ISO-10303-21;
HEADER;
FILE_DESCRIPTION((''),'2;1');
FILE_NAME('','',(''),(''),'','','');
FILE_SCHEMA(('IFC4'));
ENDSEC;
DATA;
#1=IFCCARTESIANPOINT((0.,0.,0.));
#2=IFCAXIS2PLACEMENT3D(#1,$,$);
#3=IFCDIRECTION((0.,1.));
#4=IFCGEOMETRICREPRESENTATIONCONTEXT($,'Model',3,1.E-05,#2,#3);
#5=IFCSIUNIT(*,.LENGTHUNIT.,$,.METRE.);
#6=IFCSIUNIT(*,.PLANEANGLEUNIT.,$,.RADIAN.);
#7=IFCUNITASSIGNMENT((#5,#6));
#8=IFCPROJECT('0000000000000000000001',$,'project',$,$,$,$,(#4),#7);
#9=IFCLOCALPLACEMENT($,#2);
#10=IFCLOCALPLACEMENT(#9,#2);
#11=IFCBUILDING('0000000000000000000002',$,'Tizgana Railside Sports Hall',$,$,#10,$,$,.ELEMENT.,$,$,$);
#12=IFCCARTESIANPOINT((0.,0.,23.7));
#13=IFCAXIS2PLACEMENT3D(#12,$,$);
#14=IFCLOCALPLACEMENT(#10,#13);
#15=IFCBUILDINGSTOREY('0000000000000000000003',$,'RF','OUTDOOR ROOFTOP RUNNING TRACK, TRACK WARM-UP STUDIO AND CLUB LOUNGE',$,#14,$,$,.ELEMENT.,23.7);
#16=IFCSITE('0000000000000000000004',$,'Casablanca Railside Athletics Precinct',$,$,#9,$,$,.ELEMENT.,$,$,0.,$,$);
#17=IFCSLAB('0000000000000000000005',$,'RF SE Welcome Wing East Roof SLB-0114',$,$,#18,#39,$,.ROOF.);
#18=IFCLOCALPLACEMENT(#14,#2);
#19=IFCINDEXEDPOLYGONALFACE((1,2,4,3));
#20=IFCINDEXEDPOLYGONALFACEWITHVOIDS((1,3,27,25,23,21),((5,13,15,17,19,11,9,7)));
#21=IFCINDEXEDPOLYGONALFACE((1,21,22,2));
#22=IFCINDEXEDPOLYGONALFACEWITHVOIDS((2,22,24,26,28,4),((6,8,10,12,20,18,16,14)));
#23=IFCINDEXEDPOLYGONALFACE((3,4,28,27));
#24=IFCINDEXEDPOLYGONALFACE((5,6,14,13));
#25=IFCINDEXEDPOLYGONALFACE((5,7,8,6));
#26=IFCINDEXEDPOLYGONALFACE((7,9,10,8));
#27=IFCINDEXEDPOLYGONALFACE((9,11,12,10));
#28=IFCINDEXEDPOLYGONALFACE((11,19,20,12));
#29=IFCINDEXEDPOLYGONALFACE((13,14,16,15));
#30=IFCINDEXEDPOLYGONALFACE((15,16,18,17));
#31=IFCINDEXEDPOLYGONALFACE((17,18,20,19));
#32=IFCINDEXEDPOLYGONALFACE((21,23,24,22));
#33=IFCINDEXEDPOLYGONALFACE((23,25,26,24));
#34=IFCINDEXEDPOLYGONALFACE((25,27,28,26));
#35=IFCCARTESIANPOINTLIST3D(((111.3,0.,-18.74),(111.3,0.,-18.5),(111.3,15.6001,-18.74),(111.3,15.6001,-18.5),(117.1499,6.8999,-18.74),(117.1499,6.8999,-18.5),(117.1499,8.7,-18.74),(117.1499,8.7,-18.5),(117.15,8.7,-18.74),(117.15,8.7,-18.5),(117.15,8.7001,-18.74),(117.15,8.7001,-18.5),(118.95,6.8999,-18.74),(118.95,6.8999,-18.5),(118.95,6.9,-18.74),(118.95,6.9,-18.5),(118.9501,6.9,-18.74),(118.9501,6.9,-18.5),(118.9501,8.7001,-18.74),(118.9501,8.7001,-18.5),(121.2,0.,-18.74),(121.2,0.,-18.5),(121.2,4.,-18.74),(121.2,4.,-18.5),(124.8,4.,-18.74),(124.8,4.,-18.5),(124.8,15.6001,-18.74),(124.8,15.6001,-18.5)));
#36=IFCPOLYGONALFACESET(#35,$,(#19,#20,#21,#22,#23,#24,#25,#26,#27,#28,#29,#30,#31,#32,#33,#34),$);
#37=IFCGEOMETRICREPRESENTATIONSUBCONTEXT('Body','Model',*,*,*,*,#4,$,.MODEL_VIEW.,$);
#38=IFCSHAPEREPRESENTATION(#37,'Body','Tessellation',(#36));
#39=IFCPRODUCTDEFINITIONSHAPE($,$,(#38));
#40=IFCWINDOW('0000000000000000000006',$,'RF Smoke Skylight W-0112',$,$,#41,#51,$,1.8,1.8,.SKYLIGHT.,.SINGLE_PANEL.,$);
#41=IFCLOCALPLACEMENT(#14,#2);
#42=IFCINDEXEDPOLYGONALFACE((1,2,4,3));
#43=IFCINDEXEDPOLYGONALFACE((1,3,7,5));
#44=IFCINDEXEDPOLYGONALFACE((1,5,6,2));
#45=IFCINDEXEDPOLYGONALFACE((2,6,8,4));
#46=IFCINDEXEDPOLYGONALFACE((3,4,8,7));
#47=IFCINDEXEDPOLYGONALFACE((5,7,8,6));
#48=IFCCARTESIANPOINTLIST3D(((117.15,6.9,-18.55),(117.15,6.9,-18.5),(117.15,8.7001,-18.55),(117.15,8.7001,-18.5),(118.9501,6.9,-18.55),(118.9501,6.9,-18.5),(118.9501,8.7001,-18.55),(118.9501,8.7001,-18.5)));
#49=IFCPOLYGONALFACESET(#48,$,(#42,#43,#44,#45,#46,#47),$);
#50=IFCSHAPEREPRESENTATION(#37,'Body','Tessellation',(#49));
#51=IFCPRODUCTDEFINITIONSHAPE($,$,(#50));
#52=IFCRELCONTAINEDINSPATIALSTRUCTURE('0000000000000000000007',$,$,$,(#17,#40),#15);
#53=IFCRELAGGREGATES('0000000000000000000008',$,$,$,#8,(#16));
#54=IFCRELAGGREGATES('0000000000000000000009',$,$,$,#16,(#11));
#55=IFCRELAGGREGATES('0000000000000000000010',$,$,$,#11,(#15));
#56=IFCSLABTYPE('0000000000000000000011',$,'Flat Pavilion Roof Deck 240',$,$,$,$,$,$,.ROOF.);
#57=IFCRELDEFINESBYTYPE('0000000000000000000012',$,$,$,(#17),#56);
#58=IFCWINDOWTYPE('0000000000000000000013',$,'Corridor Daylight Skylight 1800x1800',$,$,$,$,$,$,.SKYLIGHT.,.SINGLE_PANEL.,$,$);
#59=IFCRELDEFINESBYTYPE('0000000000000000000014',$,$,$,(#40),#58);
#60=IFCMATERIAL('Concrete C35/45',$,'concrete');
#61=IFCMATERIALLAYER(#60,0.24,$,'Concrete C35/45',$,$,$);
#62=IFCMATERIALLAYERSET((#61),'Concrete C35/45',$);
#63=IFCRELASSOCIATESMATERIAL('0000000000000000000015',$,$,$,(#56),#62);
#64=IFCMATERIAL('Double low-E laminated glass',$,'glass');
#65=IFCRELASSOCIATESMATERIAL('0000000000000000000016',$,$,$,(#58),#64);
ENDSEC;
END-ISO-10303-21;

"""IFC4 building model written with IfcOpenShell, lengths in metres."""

from ifc_helpers import new_model, si_unit, direction, frame, origin, origin_2d, place, context, subcontext, project, spatial, polyline, rectangle, outline, extrude, material, layer, layer_set, type_object, element, fill, save


model = new_model("IFC4")

# Units and contexts
model_context = context("Model", 3, precision=1e-05, world=origin(), true_north=direction((0.0, 1.0)))
body_context = subcontext(model_context, "Body", "Model", "MODEL_VIEW")
ifc_project = project(units=[si_unit("LENGTHUNIT", "METRE"), si_unit("PLANEANGLEUNIT", "RADIAN")], contexts=[model_context])

# Site, building, storey
site_placement = place(None, origin())
site = spatial("IfcSite", under=ifc_project, at=site_placement, Name="Casablanca Railside Athletics Precinct", CompositionType="ELEMENT", RefElevation=0.0)
building_placement = place(site_placement, origin())
building = spatial("IfcBuilding", under=site, at=building_placement, Name="Tizgana Railside Sports Hall", CompositionType="ELEMENT")
storey_placement = place(building_placement, frame((0.0, 0.0, 23.7)))
storey = spatial("IfcBuildingStorey", under=building, at=storey_placement, Name="RF", Description="OUTDOOR ROOFTOP RUNNING TRACK, TRACK WARM-UP STUDIO AND CLUB LOUNGE", CompositionType="ELEMENT", Elevation=23.7)

# Shared definitions
ifc_material_1 = material(Name="Concrete C35/45", Category="concrete")
ifc_layer = layer(ifc_material_1, 0.24, Name="Concrete C35/45")
ifc_layer_set = layer_set([ifc_layer], Name="Concrete C35/45")
slab_type = type_object("IfcSlabType", Name="Flat Pavilion Roof Deck 240", PredefinedType="ROOF", material=ifc_layer_set)
ifc_material_2 = material(Name="Double low-E laminated glass", Category="glass")

# Slab, opening, window
window_type_1 = type_object("IfcWindowType", Name="Corridor Daylight Skylight 1800x1800", PartitioningType="SINGLE_PANEL", PredefinedType="SKYLIGHT", material=ifc_material_2)
slab_1_placement = place(storey_placement, frame((0.0, 0.0, -18.74)))
slab_1 = element("IfcSlab", 1, at=slab_1_placement, inside=storey, type_object=slab_type, Name="RF SE Welcome Wing East Roof SLB-0114", PredefinedType="ROOF", context=body_context, shape_type="SweptSolid", body=[
    extrude(outline(polyline([(111.3, 0.0), (121.2, 0.0), (121.2, 4.0), (124.8, 4.0), (124.8, 15.6001), (111.3, 15.6001), (111.3, 0.0)]), holes=[polyline([(117.1499, 6.8999), (118.95, 6.8999), (118.95, 8.7), (117.1499, 8.7), (117.1499, 6.8999)])]), origin(), (0.0, 0.0, 1.0), 0.24),
])
opening_1_placement = place(slab_1_placement, frame((118.05, 7.8, 0.0)))
opening_1 = element("IfcOpeningElement", 2, at=opening_1_placement, cuts=slab_1, PredefinedType="OPENING", context=body_context, shape_type="SweptSolid", body=[
    extrude(rectangle(XDim=1.8, YDim=1.8, at=origin_2d()), origin(), (0.0, 0.0, 1.0), 0.24),
])
window_1_placement = place(opening_1_placement, frame((0.0, 0.0, 0.1899)))
window_1 = element("IfcWindow", 3, at=window_1_placement, inside=storey, type_object=window_type_1, Name="RF Smoke Skylight W-0112", OverallHeight=1.8, OverallWidth=1.8, PartitioningType="SINGLE_PANEL", PredefinedType="SKYLIGHT", context=body_context, shape_type="SweptSolid", body=[
    extrude(rectangle(XDim=1.8, YDim=1.8, at=origin_2d()), origin(), (0.0, 0.0, 1.0), 0.05),
])
fill(opening_1, window_1)

save(model, "model.ifc")
